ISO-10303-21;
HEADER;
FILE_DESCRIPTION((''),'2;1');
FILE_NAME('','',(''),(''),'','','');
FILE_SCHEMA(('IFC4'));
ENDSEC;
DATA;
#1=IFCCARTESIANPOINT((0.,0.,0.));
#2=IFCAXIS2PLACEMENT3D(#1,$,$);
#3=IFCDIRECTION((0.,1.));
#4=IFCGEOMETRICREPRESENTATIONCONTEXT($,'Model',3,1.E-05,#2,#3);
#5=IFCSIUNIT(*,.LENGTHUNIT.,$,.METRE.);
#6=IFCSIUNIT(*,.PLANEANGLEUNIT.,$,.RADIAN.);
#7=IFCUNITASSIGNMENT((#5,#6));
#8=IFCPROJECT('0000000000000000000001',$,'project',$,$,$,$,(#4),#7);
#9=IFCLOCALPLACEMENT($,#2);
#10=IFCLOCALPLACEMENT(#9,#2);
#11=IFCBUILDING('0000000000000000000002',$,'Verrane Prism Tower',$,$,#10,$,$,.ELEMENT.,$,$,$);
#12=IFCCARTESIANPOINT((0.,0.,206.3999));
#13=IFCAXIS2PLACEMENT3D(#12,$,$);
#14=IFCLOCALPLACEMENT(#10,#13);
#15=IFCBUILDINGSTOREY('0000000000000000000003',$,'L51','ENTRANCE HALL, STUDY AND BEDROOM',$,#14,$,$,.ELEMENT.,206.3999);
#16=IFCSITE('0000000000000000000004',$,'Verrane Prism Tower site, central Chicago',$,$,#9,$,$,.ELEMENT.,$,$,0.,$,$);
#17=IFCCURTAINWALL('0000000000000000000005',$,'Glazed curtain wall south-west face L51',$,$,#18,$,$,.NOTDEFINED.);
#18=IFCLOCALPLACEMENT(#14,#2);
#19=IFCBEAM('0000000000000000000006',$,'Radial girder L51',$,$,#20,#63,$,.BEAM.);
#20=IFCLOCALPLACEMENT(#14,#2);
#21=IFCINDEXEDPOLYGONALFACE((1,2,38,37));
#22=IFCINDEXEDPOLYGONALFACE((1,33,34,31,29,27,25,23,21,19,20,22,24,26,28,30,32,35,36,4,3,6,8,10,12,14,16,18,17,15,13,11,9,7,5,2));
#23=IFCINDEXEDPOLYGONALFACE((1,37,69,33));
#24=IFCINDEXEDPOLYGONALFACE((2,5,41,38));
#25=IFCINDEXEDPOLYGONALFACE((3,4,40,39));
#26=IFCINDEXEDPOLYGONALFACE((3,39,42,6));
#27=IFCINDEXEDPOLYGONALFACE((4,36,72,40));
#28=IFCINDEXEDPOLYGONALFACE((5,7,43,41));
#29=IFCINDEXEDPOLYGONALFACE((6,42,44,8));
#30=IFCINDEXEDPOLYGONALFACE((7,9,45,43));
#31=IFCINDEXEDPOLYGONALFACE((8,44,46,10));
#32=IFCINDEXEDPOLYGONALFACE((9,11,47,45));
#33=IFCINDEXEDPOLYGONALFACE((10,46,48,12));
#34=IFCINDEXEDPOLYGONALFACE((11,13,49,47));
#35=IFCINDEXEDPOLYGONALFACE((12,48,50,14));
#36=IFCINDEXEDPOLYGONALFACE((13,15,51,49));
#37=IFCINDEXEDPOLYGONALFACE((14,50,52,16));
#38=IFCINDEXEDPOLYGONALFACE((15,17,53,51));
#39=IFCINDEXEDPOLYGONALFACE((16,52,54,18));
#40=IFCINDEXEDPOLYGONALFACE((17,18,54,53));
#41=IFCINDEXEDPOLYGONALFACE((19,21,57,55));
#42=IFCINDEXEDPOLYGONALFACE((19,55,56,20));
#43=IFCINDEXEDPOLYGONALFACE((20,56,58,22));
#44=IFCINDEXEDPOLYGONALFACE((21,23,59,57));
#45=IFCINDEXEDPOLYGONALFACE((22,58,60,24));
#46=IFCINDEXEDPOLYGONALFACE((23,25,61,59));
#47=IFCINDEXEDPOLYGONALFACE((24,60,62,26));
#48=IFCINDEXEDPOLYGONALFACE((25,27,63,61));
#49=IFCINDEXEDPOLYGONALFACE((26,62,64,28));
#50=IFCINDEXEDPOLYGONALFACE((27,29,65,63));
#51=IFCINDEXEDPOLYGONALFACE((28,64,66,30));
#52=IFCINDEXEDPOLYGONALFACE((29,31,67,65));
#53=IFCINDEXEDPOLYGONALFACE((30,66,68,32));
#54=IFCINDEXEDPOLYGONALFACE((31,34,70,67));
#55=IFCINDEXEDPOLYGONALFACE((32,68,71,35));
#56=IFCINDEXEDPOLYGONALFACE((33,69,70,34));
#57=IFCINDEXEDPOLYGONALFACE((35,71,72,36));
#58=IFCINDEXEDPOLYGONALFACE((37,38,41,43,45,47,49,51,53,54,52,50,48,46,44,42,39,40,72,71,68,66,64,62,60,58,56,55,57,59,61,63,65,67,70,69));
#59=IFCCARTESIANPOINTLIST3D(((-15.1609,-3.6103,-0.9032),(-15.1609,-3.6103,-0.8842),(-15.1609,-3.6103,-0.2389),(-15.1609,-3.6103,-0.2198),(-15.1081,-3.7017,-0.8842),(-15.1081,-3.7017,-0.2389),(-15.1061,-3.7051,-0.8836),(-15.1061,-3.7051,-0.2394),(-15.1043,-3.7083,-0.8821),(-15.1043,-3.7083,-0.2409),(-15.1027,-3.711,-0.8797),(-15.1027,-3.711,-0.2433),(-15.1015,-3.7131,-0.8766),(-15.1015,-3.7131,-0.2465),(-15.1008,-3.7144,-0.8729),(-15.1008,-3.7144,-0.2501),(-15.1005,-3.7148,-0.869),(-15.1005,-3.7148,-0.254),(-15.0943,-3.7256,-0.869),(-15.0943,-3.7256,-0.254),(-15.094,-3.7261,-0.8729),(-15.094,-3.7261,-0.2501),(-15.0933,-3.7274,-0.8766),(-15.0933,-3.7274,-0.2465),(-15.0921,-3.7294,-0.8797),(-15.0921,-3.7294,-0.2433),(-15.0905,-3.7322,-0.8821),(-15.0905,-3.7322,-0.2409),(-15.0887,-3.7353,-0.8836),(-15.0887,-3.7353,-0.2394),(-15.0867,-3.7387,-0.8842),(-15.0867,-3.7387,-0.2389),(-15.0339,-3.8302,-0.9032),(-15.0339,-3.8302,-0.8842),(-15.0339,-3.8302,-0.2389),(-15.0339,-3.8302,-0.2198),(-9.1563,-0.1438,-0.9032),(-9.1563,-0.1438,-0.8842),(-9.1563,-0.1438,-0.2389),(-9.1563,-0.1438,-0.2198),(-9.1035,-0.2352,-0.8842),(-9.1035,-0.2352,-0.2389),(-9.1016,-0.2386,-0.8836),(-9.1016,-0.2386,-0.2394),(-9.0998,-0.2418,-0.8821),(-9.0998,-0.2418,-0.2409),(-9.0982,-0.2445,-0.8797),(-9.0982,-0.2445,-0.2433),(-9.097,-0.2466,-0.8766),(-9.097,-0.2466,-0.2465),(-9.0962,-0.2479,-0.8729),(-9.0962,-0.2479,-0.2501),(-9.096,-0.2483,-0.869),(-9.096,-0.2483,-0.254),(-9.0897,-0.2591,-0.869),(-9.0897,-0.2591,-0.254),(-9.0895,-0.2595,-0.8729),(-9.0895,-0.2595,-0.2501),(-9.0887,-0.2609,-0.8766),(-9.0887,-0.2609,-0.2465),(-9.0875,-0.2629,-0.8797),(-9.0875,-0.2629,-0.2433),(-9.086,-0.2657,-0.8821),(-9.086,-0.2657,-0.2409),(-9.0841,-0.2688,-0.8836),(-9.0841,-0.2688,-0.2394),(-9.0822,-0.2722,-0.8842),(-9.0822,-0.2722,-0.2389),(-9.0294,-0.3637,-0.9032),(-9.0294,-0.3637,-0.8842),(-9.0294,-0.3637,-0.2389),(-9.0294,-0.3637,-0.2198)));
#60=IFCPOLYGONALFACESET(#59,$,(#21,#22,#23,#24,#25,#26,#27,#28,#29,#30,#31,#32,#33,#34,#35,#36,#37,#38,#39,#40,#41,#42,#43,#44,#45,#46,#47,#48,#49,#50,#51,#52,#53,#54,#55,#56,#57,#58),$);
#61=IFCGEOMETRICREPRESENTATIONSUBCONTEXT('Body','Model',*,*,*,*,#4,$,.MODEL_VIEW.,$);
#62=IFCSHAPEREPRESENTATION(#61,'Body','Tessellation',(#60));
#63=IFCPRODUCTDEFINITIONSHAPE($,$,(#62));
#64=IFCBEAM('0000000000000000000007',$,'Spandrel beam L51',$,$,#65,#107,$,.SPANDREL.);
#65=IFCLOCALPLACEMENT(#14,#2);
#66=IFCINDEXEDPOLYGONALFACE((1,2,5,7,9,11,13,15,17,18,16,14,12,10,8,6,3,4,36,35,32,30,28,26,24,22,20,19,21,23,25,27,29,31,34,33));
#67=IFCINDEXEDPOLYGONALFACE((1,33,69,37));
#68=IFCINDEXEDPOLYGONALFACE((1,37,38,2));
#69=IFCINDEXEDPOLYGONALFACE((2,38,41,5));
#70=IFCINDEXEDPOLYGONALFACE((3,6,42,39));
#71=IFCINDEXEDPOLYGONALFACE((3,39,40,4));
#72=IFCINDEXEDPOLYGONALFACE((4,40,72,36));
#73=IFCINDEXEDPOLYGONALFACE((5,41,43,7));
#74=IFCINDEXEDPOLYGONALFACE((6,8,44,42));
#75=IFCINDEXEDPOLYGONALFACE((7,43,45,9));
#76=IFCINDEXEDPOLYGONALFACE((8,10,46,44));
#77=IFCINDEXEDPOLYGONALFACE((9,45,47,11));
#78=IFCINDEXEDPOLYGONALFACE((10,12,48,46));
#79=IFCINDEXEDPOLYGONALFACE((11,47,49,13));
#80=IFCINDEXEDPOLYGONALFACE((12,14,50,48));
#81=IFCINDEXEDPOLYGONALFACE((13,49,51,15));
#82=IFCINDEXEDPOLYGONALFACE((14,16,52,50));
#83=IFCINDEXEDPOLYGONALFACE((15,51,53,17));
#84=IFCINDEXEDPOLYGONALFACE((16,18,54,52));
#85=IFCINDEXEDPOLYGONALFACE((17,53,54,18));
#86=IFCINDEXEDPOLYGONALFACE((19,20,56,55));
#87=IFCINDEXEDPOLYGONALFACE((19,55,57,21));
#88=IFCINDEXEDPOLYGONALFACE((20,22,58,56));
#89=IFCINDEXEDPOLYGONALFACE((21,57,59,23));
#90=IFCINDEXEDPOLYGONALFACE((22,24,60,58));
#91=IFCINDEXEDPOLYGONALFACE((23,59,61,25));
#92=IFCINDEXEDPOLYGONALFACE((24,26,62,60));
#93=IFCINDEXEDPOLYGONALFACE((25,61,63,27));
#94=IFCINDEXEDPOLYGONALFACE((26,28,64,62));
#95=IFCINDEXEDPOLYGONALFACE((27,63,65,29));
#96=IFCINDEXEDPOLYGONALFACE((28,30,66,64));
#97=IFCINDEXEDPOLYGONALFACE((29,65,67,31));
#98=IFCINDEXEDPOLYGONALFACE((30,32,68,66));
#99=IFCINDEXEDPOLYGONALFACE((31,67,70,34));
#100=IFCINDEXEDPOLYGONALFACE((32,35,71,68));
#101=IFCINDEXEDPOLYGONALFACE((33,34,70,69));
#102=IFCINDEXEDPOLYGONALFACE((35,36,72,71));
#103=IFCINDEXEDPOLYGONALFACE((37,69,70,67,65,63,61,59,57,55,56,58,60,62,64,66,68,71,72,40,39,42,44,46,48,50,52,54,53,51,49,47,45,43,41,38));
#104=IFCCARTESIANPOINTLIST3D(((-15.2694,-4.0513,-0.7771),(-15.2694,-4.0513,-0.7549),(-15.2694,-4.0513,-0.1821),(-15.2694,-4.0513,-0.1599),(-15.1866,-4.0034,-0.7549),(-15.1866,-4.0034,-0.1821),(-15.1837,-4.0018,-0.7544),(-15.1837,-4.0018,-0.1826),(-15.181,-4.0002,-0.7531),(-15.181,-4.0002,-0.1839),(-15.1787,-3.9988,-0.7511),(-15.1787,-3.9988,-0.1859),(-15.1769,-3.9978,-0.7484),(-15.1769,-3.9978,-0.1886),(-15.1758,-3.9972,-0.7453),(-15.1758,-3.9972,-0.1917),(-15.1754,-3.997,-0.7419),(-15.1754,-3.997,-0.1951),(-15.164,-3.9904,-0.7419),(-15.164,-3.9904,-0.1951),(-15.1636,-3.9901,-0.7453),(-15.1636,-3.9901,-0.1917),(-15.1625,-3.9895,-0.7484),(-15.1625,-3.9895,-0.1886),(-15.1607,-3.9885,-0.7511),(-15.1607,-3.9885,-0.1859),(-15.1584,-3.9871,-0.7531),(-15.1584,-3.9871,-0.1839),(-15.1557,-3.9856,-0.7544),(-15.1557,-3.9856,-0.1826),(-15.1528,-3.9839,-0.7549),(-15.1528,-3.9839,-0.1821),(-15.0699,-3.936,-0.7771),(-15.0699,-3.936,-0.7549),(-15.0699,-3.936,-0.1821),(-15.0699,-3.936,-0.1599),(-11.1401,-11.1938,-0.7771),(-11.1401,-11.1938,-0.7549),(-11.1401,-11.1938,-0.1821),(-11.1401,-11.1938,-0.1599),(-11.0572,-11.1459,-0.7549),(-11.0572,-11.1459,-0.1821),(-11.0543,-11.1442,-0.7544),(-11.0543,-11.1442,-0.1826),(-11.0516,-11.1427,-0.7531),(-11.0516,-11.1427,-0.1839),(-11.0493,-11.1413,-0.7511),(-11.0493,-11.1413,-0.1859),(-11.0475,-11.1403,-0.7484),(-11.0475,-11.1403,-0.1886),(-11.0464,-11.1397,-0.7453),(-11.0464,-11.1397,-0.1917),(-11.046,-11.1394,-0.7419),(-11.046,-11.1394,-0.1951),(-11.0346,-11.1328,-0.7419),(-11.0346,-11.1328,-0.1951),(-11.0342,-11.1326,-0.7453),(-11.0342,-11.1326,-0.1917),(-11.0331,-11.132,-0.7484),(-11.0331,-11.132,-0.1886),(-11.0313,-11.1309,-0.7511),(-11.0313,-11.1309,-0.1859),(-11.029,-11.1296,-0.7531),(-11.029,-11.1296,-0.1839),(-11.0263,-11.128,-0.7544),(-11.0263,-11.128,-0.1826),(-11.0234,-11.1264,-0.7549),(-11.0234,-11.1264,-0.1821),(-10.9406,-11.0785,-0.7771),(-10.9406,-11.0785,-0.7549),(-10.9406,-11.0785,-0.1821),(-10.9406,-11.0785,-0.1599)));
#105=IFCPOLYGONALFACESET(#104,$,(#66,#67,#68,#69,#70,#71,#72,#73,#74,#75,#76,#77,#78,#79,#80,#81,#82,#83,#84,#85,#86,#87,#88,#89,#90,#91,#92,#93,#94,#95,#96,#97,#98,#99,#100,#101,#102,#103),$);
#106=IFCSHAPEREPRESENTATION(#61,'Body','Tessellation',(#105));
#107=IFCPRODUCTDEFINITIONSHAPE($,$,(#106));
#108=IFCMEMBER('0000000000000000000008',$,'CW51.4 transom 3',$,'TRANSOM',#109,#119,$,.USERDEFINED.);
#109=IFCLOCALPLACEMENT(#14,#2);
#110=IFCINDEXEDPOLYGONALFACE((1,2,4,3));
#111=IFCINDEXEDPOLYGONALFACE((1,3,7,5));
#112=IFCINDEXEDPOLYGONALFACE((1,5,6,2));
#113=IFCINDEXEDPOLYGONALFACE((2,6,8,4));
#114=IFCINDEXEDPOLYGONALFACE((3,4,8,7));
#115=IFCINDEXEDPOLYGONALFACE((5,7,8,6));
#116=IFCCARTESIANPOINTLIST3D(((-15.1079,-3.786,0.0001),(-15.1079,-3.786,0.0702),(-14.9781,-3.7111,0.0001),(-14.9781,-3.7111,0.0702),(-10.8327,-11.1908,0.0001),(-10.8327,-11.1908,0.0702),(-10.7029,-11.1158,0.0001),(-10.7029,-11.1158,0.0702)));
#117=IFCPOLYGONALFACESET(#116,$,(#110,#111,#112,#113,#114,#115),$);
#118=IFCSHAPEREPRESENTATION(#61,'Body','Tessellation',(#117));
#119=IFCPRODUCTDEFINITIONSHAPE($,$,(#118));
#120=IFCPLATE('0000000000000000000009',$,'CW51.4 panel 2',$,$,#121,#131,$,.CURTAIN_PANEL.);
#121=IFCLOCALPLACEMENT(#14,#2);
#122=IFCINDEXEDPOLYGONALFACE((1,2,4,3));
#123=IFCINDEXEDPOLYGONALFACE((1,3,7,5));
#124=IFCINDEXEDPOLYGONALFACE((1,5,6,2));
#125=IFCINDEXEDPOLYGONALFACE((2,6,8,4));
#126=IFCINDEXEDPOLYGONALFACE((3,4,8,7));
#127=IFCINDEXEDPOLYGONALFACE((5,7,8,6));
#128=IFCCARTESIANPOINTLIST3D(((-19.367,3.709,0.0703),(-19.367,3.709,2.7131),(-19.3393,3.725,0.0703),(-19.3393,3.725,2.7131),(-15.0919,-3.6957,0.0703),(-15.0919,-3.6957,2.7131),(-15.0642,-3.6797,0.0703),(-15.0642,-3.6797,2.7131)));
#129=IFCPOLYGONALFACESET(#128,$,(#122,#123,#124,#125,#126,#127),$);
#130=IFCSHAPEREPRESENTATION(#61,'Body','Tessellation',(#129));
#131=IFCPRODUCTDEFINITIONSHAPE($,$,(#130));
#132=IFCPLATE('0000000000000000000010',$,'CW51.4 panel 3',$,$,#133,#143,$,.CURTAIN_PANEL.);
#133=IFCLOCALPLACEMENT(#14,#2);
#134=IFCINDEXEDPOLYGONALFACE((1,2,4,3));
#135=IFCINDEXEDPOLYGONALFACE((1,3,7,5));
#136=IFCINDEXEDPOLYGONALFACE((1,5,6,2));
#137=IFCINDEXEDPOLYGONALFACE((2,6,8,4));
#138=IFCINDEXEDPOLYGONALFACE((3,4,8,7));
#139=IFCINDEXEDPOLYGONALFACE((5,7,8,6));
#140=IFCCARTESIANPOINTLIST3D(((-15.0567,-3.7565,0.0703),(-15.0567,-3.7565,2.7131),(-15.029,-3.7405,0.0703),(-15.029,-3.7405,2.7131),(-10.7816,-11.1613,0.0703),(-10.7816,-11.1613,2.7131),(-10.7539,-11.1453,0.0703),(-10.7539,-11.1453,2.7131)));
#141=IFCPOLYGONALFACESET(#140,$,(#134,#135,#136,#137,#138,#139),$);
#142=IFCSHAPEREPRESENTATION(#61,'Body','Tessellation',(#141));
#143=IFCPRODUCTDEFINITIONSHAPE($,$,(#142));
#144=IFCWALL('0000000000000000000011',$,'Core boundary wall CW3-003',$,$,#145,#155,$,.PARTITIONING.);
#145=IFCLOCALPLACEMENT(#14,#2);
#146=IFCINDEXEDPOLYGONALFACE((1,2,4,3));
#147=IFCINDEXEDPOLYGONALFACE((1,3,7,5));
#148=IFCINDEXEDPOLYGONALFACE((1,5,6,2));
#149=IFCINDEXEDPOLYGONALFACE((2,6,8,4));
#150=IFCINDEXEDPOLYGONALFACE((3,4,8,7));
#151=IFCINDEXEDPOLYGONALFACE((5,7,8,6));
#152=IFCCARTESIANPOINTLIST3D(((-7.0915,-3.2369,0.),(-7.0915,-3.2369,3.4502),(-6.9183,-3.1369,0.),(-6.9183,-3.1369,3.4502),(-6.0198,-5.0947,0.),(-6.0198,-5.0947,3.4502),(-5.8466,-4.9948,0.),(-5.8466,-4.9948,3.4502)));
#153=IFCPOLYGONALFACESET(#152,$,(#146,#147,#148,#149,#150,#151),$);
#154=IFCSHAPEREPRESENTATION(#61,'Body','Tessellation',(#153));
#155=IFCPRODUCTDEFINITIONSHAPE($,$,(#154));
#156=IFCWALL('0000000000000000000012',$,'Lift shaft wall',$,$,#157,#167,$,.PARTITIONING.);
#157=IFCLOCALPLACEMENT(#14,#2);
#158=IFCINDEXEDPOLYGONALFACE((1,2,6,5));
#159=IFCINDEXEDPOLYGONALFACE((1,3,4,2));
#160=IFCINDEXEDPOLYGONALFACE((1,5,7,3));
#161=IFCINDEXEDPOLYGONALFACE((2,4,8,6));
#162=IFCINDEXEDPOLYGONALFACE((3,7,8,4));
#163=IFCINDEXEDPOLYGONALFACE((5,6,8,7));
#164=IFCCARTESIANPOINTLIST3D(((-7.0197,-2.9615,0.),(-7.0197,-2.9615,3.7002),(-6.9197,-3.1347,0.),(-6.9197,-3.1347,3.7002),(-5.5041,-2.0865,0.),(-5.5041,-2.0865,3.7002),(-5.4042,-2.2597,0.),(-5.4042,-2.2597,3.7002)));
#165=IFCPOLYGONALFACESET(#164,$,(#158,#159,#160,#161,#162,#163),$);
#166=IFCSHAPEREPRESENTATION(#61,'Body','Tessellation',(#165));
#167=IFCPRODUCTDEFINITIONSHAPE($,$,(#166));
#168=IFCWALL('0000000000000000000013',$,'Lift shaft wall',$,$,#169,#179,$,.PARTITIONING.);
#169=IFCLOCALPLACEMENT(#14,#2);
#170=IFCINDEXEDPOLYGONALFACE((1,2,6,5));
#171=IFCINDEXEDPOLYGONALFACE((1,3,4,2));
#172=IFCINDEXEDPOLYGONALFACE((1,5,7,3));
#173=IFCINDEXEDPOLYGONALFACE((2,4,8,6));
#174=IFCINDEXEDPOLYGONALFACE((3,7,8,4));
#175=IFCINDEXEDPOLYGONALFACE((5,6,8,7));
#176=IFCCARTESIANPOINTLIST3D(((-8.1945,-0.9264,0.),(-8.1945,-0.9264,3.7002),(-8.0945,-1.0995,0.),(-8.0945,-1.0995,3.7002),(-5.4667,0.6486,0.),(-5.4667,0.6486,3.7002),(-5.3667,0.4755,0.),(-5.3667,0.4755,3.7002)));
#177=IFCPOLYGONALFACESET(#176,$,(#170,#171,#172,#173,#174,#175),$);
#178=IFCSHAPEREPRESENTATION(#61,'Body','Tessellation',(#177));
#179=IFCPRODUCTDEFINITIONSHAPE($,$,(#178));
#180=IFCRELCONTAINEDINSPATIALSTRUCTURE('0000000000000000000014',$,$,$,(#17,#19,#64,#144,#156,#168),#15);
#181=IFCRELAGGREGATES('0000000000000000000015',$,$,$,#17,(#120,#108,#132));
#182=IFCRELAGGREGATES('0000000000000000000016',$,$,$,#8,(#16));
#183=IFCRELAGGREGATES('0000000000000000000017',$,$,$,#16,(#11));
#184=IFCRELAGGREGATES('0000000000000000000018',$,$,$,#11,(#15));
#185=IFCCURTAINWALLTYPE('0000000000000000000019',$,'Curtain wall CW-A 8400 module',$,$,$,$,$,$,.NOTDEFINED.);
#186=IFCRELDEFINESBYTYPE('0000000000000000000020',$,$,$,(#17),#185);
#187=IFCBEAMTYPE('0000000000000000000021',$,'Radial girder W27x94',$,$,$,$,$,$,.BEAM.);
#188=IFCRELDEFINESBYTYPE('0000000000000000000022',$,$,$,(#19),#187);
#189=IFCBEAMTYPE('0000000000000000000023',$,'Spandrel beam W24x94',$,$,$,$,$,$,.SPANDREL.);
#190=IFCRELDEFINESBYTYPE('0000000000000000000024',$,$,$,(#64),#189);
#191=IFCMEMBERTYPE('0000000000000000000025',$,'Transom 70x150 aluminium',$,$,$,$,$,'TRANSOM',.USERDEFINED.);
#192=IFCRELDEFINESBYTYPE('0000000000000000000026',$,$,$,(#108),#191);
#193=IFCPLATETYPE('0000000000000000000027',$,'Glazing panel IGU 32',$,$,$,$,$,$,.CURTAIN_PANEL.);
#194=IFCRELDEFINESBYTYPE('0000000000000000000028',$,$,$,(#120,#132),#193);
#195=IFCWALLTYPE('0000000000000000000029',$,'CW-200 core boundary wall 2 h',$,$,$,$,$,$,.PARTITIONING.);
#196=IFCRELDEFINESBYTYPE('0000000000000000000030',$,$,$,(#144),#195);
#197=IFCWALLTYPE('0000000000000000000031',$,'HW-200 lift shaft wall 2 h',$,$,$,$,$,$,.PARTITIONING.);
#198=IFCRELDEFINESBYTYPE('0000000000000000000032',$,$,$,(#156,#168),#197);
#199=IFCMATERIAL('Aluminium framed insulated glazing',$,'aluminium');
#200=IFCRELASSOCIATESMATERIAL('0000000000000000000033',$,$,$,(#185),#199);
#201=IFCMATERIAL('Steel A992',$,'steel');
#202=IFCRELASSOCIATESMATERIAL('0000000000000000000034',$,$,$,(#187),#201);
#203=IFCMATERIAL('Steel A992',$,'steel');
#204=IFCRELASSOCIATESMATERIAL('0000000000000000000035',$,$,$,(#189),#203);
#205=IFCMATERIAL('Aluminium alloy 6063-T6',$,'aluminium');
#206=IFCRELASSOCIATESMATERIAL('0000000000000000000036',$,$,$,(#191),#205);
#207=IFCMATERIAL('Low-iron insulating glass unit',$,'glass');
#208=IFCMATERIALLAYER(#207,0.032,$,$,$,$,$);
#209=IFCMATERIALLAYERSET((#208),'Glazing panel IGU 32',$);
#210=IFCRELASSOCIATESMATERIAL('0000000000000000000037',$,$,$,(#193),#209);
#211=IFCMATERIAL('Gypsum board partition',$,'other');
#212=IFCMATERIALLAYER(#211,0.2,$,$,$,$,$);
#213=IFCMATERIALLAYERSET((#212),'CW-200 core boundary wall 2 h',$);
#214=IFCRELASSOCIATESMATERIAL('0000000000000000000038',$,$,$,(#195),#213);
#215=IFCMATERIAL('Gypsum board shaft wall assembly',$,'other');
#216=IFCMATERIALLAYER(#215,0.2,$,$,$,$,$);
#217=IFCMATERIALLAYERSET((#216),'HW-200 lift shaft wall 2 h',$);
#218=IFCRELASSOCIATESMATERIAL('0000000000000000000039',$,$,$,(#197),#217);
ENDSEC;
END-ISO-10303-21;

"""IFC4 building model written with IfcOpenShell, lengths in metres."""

from ifc_helpers import new_model, si_unit, direction, frame, frame_2d, origin, origin_2d, place, context, subcontext, project, spatial, rectangle, i_section, extrude, material, layer, layer_set, material_profile, profile_set, type_object, element, aggregate, save


model = new_model("IFC4")

# Units and contexts
model_context = context("Model", 3, precision=1e-05, world=origin(), true_north=direction((0.0, 1.0)))
body_context = subcontext(model_context, "Body", "Model", "MODEL_VIEW")
ifc_project = project(units=[si_unit("LENGTHUNIT", "METRE"), si_unit("PLANEANGLEUNIT", "RADIAN")], contexts=[model_context])

# Site, building, storey
site_placement = place(None, origin())
site = spatial("IfcSite", under=ifc_project, at=site_placement, Name="Verrane Prism Tower site, central Chicago", CompositionType="ELEMENT", RefElevation=0.0)
building_placement = place(site_placement, origin())
building = spatial("IfcBuilding", under=site, at=building_placement, Name="Verrane Prism Tower", CompositionType="ELEMENT")
storey_placement = place(building_placement, frame((0.0, 0.0, 206.3999)))
storey = spatial("IfcBuildingStorey", under=building, at=storey_placement, Name="L51", Description="ENTRANCE HALL, STUDY AND BEDROOM", CompositionType="ELEMENT", Elevation=206.3999)

# Curtain wall
ifc_material_1 = material(Name="Aluminium framed insulated glazing", Category="aluminium")
curtain_wall_type = type_object("IfcCurtainWallType", Name="Curtain wall CW-A 8400 module", PredefinedType="NOTDEFINED", material=ifc_material_1)
curtain_wall_placement = place(storey_placement, origin())
curtain_wall = element("IfcCurtainWall", 1, at=curtain_wall_placement, inside=storey, type_object=curtain_wall_type, Name="Glazed curtain wall south-west face L51", PredefinedType="NOTDEFINED")

# Beams
ifc_material_2 = material(Name="Steel A992", Category="steel")
ifc_material_profile_1 = material_profile(ifc_material_2, i_section(OverallWidth=0.2539, OverallDepth=0.6833, WebThickness=0.0125, FlangeThickness=0.019, FilletRadius=0.0151, at=origin_2d()), Name="W27x94")
ifc_profile_set_1 = profile_set([ifc_material_profile_1], Name="Steel A992")
beam_type_1 = type_object("IfcBeamType", Name="Radial girder W27x94", PredefinedType="BEAM", material=ifc_profile_set_1)
beam_1_placement = place(storey_placement, frame((-15.0974, -3.7202, -0.5615), z_axis=(0.86604, 0.499975, 0.0), x_axis=(-0.499975, 0.86604, 0.0)))
element("IfcBeam", 2, at=beam_1_placement, inside=storey, type_object=beam_type_1, Name="Radial girder L51", PredefinedType="BEAM", context=body_context, shape_type="SweptSolid", body=[
    extrude(i_section(OverallWidth=0.2539, OverallDepth=0.6833, WebThickness=0.0125, FlangeThickness=0.019, FilletRadius=0.0151, at=origin_2d()), origin(), (0.0, 0.0, 1.0), 6.9333),
])
ifc_material_3 = material(Name="Steel A992", Category="steel")
ifc_material_profile_2 = material_profile(ifc_material_3, i_section(OverallWidth=0.2305, OverallDepth=0.6172, WebThickness=0.0132, FlangeThickness=0.0222, FilletRadius=0.0129, at=origin_2d()), Name="W24x94")
ifc_profile_set_2 = profile_set([ifc_material_profile_2], Name="Steel A992")
beam_type_2 = type_object("IfcBeamType", Name="Spandrel beam W24x94", PredefinedType="SPANDREL", material=ifc_profile_set_2)
beam_2_placement = place(storey_placement, frame((-15.1697, -3.9937, -0.4685), z_axis=(0.500511, -0.86573, 0.0), x_axis=(0.86573, 0.500511, 0.0)))
element("IfcBeam", 3, at=beam_2_placement, inside=storey, type_object=beam_type_2, Name="Spandrel beam L51", PredefinedType="SPANDREL", context=body_context, shape_type="SweptSolid", body=[
    extrude(i_section(OverallWidth=0.2305, OverallDepth=0.6172, WebThickness=0.0132, FlangeThickness=0.0222, FilletRadius=0.0129, at=origin_2d()), origin(), (0.0, 0.0, 1.0), 8.2502),
])

# Member
ifc_material_4 = material(Name="Aluminium alloy 6063-T6", Category="aluminium")
ifc_material_profile_3 = material_profile(ifc_material_4, rectangle(XDim=0.1499, YDim=0.0701, at=origin_2d()), Name="Transom 70x150 aluminium")
ifc_profile_set_3 = profile_set([ifc_material_profile_3], Name="Aluminium alloy 6063-T6")
member_type_1 = type_object("IfcMemberType", Name="Transom 70x150 aluminium", ElementType="TRANSOM", PredefinedType="USERDEFINED", material=ifc_profile_set_3)
member_1_placement = place(storey_placement, frame((-15.043, -3.7485, 0.0352), z_axis=(0.499999, -0.866026, 0.0), x_axis=(0.866026, 0.499999, 0.0)))
member_1 = element("IfcMember", 4, at=member_1_placement, type_object=member_type_1, Name="CW51.4 transom 3", ObjectType="TRANSOM", PredefinedType="USERDEFINED", context=body_context, shape_type="SweptSolid", body=[
    extrude(rectangle(XDim=0.1499, YDim=0.0701, at=origin_2d()), origin(), (0.0, 0.0, 1.0), 8.5503),
])

# Plates
ifc_material_5 = material(Name="Low-iron insulating glass unit", Category="glass")
ifc_layer_1 = layer(ifc_material_5, 0.032)
ifc_layer_set_1 = layer_set([ifc_layer_1], Name="Glazing panel IGU 32")
plate_type = type_object("IfcPlateType", Name="Glazing panel IGU 32", PredefinedType="CURTAIN_PANEL", material=ifc_layer_set_1)
plate_1_placement = place(storey_placement, frame((-17.2156, 0.0146, 0.0703), z_axis=(0.0, 0.0, 1.0), x_axis=(0.499999, -0.866026, 0.0)))
plate_1 = element("IfcPlate", 5, at=plate_1_placement, type_object=plate_type, Name="CW51.4 panel 2", PredefinedType="CURTAIN_PANEL", context=body_context, shape_type="SweptSolid", body=[
    extrude(rectangle(XDim=8.5503, YDim=0.032, at=origin_2d()), origin(), (0.0, 0.0, 1.0), 2.6428),
])
plate_2_placement = place(storey_placement, frame((-12.9053, -7.4509, 0.0703), z_axis=(0.0, 0.0, 1.0), x_axis=(0.499999, -0.866026, 0.0)))
plate_2 = element("IfcPlate", 6, at=plate_2_placement, type_object=plate_type, Name="CW51.4 panel 3", PredefinedType="CURTAIN_PANEL", context=body_context, shape_type="SweptSolid", body=[
    extrude(rectangle(XDim=8.5503, YDim=0.032, at=origin_2d()), origin(), (0.0, 0.0, 1.0), 2.6428),
])
aggregate(curtain_wall, [plate_1, member_1, plate_2])

# Walls
ifc_material_6 = material(Name="Gypsum board partition", Category="other")
ifc_layer_2 = layer(ifc_material_6, 0.2)
ifc_layer_set_2 = layer_set([ifc_layer_2], Name="CW-200 core boundary wall 2 h")
wall_type_1 = type_object("IfcWallType", Name="CW-200 core boundary wall 2 h", PredefinedType="PARTITIONING", material=ifc_layer_set_2)
wall_1_placement = place(storey_placement, frame((-7.0049, -3.187, 0.0), z_axis=(0.0, 0.0, 1.0), x_axis=(0.49969, -0.866205, 0.0)))
element("IfcWall", 7, at=wall_1_placement, inside=storey, type_object=wall_type_1, Name="Core boundary wall CW3-003", PredefinedType="PARTITIONING", context=body_context, shape_type="SweptSolid", body=[
    extrude(rectangle(XDim=2.1448, YDim=0.2, at=frame_2d((1.0723, 0.0))), origin(), (0.0, 0.0, 1.0), 3.4502),
])
ifc_material_7 = material(Name="Gypsum board shaft wall assembly", Category="other")
ifc_layer_3 = layer(ifc_material_7, 0.2)
ifc_layer_set_3 = layer_set([ifc_layer_3], Name="HW-200 lift shaft wall 2 h")
wall_type_2 = type_object("IfcWallType", Name="HW-200 lift shaft wall 2 h", PredefinedType="PARTITIONING", material=ifc_layer_set_3)
wall_2_placement = place(storey_placement, frame((-6.9697, -3.0481, 0.0), z_axis=(0.0, 0.0, 1.0), x_axis=(0.866037, 0.49998, 0.0)))
element("IfcWall", 8, at=wall_2_placement, inside=storey, type_object=wall_type_2, Name="Lift shaft wall", PredefinedType="PARTITIONING", context=body_context, shape_type="SweptSolid", body=[
    extrude(rectangle(XDim=1.75, YDim=0.2, at=frame_2d((0.875, 0.0))), origin(), (0.0, 0.0, 1.0), 3.7002),
])
wall_3_placement = place(storey_placement, frame((-8.1445, -1.0129, 0.0), z_axis=(0.0, 0.0, 1.0), x_axis=(0.866016, 0.500015, 0.0)))
element("IfcWall", 9, at=wall_3_placement, inside=storey, type_object=wall_type_2, Name="Lift shaft wall", PredefinedType="PARTITIONING", context=body_context, shape_type="SweptSolid", body=[
    extrude(rectangle(XDim=3.1499, YDim=0.2, at=frame_2d((1.575, 0.0))), origin(), (0.0, 0.0, 1.0), 3.7002),
])

save(model, "model.ifc")
